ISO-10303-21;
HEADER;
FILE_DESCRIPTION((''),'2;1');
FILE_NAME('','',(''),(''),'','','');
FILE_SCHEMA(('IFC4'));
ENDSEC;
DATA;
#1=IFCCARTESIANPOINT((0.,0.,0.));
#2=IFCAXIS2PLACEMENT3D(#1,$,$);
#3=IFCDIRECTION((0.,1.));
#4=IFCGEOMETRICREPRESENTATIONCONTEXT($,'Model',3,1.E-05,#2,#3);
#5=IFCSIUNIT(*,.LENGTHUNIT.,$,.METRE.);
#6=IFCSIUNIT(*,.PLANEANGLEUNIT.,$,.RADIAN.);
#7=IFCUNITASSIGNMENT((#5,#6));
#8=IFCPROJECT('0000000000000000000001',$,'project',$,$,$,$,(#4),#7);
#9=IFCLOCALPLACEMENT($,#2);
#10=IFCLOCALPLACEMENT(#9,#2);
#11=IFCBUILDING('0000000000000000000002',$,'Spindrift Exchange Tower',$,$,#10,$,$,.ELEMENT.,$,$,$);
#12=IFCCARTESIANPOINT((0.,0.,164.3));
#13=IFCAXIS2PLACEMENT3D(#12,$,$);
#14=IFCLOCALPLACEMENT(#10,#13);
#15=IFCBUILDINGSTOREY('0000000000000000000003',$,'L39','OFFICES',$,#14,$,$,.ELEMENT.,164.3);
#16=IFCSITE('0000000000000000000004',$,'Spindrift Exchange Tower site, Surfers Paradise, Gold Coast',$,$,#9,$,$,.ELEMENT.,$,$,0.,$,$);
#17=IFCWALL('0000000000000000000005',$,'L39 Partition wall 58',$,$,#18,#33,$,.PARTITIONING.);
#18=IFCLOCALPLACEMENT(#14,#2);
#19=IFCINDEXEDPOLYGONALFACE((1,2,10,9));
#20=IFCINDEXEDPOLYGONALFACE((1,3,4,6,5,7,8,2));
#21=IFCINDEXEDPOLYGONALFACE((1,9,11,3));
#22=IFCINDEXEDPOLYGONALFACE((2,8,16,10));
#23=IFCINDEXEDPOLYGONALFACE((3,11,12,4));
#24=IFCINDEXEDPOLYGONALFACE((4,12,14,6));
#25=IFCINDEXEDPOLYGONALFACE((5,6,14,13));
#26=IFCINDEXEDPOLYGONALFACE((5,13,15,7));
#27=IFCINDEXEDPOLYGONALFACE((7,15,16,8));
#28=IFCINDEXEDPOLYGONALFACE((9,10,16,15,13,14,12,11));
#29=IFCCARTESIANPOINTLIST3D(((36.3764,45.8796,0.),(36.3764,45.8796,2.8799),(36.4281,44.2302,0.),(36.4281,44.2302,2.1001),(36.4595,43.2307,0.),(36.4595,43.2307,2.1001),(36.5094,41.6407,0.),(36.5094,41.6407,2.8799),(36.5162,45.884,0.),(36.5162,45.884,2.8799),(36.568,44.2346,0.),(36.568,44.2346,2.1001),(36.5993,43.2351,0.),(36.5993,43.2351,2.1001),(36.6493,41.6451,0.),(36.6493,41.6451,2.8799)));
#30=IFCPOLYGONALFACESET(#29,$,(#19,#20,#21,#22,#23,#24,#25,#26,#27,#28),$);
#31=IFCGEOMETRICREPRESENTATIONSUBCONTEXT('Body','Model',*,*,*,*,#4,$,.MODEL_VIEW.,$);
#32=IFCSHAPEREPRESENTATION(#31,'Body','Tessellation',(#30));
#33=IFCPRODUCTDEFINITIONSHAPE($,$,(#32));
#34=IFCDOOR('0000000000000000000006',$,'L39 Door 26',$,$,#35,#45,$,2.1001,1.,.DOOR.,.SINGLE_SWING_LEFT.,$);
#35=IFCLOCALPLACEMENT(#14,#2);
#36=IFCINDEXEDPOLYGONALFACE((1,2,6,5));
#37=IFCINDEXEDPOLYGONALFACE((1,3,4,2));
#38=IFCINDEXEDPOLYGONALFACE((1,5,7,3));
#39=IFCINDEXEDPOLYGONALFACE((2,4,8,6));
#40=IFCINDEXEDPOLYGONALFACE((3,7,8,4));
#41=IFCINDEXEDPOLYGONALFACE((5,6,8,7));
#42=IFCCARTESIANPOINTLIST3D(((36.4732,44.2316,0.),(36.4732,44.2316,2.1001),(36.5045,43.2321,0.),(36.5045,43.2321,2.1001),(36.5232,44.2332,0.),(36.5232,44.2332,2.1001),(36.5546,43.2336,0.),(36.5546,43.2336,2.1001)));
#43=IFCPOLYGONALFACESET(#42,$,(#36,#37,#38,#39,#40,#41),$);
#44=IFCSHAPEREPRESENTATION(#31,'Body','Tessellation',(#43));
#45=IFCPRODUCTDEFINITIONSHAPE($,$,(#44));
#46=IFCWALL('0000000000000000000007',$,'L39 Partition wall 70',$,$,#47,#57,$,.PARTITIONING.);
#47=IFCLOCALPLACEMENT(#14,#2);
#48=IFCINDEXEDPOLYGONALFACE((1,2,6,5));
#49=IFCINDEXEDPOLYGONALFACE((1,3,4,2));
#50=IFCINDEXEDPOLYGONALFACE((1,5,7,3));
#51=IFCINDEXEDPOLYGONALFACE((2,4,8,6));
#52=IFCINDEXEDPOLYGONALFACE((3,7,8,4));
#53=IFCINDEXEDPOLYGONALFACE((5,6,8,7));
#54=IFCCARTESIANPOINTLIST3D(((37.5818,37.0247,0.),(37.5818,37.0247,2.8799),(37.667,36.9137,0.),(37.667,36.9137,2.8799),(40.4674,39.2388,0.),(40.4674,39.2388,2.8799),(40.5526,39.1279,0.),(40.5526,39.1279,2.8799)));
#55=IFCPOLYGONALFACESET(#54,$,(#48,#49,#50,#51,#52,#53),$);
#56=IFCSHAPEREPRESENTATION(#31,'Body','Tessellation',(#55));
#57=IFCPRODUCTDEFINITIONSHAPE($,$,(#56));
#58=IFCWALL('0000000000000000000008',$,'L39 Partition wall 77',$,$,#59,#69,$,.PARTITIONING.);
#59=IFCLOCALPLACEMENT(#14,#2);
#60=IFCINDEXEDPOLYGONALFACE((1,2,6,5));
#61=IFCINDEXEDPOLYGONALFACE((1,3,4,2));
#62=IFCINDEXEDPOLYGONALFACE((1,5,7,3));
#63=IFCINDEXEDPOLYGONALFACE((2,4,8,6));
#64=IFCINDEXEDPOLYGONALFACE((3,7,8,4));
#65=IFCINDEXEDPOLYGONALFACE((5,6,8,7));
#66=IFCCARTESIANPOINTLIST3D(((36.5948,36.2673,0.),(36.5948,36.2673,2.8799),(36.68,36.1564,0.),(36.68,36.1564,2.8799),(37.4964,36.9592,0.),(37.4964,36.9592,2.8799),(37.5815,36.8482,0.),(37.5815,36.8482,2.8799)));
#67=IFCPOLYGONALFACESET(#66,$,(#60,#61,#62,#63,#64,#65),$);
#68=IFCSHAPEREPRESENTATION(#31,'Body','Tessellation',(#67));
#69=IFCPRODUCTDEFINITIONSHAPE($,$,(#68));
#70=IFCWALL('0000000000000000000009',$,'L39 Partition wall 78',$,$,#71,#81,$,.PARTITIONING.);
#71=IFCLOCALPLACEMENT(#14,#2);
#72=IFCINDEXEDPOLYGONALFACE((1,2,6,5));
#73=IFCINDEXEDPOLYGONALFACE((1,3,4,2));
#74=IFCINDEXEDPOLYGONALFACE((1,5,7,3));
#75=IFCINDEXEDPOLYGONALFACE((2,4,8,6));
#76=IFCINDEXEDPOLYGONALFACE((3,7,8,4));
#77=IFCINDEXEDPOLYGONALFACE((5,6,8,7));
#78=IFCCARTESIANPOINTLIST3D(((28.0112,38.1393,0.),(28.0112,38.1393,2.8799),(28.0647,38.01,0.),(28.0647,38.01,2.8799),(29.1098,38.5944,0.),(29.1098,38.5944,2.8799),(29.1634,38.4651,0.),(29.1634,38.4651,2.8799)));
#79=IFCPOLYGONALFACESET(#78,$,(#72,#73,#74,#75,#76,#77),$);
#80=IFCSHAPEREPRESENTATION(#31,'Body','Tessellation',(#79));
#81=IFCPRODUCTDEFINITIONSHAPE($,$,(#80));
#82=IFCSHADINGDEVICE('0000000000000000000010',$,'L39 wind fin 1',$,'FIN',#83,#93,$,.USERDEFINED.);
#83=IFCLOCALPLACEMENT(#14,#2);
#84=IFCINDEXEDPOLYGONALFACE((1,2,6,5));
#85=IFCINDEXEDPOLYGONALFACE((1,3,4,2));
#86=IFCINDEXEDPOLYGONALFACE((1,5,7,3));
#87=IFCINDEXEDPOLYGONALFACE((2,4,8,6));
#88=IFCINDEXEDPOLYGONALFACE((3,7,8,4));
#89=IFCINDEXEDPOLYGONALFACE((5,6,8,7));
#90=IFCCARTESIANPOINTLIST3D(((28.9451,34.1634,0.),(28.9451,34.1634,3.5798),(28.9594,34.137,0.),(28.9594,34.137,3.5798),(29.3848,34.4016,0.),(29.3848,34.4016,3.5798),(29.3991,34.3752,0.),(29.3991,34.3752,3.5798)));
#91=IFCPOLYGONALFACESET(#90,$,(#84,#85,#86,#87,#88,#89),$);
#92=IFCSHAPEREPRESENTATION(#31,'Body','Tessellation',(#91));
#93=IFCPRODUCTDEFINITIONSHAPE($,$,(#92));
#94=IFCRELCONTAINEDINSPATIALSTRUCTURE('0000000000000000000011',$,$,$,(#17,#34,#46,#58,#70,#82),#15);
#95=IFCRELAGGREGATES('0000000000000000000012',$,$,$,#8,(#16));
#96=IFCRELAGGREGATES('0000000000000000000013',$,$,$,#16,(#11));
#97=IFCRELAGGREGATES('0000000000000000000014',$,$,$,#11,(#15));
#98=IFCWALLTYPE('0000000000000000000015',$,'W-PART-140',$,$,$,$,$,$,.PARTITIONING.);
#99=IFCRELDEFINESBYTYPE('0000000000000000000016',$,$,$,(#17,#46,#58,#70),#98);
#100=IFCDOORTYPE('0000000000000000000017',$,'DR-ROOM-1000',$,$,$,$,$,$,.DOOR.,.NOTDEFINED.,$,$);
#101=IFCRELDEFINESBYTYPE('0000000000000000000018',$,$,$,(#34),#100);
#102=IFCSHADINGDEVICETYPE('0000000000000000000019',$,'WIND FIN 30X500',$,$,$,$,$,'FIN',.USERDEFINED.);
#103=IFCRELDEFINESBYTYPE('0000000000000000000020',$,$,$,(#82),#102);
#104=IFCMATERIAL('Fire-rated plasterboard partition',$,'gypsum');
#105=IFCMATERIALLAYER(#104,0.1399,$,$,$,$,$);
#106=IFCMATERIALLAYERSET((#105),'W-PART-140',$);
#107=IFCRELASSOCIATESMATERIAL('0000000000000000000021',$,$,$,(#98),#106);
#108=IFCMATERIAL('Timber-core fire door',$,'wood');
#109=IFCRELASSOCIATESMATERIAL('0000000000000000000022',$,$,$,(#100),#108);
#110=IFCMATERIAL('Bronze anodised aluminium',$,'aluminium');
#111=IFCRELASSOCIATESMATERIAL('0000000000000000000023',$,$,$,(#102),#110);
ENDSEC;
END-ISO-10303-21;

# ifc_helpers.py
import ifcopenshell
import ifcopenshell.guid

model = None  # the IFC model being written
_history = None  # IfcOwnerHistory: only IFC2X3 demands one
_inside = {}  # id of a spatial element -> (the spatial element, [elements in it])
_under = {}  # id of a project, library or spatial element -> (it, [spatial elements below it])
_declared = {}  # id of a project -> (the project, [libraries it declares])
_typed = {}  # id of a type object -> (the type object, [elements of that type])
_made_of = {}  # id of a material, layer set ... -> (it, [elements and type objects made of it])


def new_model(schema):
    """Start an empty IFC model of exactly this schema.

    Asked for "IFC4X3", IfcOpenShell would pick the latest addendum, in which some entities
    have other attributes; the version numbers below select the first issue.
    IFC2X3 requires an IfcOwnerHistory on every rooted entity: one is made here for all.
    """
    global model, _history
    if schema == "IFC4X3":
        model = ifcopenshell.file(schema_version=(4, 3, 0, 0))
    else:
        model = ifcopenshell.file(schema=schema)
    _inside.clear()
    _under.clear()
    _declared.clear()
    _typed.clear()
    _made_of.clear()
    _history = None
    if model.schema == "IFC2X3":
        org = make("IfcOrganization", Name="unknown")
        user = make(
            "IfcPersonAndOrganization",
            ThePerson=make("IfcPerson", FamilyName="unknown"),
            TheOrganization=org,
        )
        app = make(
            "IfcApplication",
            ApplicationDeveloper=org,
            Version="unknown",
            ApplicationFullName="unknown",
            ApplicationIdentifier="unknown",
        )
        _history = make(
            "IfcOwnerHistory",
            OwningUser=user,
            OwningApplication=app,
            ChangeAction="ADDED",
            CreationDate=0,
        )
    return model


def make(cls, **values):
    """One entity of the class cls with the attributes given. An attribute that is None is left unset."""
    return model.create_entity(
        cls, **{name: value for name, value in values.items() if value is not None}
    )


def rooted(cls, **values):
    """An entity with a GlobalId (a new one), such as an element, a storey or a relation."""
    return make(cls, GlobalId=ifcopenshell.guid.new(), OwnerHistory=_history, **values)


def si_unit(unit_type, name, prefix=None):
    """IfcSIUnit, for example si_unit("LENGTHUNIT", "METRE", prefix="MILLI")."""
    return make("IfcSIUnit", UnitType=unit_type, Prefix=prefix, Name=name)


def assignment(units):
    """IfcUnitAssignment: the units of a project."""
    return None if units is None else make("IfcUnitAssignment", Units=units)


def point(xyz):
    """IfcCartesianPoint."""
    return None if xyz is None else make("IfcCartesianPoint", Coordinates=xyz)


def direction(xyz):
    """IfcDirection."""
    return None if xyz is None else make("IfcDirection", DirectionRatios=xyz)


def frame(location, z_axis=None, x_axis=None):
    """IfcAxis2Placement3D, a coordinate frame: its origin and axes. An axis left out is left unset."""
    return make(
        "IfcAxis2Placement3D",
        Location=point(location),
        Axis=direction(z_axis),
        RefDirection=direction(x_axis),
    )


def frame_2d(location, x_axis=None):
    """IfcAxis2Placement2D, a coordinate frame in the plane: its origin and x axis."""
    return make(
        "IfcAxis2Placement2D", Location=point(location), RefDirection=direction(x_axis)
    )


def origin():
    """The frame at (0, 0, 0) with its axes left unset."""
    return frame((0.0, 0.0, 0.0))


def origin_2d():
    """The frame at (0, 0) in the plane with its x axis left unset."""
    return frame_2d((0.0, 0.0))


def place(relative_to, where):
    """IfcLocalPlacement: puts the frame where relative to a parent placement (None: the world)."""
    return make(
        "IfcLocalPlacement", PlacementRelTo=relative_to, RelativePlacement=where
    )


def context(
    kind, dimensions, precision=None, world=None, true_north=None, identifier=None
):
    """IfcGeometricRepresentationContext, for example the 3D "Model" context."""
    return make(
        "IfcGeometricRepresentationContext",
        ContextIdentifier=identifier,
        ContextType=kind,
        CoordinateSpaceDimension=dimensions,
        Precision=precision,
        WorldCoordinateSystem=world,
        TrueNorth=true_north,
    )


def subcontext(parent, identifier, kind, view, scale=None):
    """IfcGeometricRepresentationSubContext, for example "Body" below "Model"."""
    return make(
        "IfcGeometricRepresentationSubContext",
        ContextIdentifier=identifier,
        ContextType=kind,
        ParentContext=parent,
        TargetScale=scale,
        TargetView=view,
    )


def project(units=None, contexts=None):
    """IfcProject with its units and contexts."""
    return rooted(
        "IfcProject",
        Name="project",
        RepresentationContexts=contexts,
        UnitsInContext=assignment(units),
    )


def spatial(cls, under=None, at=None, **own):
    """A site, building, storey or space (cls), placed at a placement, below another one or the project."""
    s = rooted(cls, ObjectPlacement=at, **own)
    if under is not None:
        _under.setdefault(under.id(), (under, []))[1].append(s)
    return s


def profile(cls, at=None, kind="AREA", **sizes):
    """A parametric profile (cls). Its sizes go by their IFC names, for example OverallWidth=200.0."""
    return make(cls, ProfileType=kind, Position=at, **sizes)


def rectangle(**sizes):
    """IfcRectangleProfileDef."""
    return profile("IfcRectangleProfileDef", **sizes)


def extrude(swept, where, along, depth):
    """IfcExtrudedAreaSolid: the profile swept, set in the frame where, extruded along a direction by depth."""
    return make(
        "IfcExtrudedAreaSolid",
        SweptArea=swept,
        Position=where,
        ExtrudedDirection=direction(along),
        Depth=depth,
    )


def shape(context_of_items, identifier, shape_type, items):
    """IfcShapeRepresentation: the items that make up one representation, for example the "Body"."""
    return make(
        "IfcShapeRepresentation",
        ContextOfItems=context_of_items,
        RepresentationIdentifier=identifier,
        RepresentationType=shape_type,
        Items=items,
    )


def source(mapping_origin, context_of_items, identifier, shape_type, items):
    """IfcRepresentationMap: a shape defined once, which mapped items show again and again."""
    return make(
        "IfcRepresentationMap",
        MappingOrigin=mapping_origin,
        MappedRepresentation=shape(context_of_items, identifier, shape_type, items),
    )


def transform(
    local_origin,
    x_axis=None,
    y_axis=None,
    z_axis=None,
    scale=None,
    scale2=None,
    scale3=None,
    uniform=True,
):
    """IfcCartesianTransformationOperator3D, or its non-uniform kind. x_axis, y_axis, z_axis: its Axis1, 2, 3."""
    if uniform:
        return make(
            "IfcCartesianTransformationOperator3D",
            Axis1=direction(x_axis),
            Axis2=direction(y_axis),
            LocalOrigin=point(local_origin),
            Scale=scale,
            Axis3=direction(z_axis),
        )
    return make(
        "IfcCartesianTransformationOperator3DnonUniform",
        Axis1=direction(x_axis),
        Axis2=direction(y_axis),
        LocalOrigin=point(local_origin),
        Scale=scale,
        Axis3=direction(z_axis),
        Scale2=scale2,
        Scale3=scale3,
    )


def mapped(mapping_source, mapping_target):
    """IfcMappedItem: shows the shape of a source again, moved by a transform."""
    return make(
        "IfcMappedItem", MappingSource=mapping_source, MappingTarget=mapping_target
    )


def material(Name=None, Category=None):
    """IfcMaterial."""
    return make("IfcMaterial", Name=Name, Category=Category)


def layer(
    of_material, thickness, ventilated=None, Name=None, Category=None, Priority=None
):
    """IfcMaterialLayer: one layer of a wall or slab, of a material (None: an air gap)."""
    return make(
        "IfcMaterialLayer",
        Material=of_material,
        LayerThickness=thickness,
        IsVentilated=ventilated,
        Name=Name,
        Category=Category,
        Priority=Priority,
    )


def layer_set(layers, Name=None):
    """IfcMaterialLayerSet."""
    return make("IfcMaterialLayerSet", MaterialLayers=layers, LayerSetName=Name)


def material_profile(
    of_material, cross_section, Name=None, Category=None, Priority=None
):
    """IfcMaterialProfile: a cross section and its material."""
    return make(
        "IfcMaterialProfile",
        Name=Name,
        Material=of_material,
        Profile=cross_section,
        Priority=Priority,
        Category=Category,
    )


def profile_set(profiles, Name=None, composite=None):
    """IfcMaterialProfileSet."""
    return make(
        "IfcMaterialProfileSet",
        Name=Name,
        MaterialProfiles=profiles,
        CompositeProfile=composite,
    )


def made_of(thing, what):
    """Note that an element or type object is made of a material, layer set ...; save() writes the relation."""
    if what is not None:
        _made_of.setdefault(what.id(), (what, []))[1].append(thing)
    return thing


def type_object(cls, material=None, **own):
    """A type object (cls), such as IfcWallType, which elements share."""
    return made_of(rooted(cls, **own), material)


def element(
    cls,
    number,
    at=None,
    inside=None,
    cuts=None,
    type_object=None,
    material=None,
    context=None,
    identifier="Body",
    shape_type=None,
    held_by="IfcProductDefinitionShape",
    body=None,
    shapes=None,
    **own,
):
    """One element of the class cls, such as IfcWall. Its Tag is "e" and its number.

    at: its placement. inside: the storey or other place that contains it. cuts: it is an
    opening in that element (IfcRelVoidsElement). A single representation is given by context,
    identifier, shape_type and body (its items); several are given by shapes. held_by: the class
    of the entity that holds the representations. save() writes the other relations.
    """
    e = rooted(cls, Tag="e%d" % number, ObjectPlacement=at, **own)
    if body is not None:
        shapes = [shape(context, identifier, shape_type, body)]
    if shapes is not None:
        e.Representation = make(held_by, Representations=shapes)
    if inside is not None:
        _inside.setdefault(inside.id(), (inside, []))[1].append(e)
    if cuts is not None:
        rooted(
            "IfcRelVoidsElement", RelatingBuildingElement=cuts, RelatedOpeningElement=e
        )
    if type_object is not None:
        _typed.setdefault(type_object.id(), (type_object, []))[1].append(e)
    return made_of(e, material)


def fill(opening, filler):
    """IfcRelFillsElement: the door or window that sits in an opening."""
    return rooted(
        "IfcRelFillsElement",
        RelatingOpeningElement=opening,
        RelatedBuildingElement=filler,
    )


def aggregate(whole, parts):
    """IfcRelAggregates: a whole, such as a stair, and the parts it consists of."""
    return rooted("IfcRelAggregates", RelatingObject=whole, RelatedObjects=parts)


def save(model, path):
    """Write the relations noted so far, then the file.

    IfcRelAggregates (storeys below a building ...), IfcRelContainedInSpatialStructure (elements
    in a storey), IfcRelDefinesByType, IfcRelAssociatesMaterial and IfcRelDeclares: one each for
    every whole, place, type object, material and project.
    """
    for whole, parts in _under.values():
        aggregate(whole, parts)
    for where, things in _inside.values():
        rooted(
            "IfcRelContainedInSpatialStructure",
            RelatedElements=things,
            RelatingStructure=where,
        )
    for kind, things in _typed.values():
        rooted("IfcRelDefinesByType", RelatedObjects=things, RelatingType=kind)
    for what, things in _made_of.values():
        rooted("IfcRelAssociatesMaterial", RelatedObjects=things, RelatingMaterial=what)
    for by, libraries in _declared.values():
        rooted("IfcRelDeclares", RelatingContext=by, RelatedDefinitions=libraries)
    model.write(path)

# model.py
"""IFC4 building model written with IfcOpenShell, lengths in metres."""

from ifc_helpers import new_model, si_unit, direction, frame, frame_2d, origin, origin_2d, place, context, subcontext, project, spatial, rectangle, extrude, source, transform, mapped, material, layer, layer_set, material_profile, profile_set, type_object, element, fill, save


model = new_model("IFC4")

# Units and contexts
model_context = context("Model", 3, precision=1e-05, world=origin(), true_north=direction((0.0, 1.0)))
body_context = subcontext(model_context, "Body", "Model", "MODEL_VIEW")
ifc_project = project(units=[si_unit("LENGTHUNIT", "METRE"), si_unit("PLANEANGLEUNIT", "RADIAN")], contexts=[model_context])

# Site, building, storey
site_placement = place(None, origin())
site = spatial("IfcSite", under=ifc_project, at=site_placement, Name="Spindrift Exchange Tower site, Surfers Paradise, Gold Coast", CompositionType="ELEMENT", RefElevation=0.0)
building_placement = place(site_placement, origin())
building = spatial("IfcBuilding", under=site, at=building_placement, Name="Spindrift Exchange Tower", CompositionType="ELEMENT")
storey_placement = place(building_placement, frame((0.0, 0.0, 164.3)))
storey = spatial("IfcBuildingStorey", under=building, at=storey_placement, Name="L39", Description="OFFICES", CompositionType="ELEMENT", Elevation=164.3)

# Shared definitions
ifc_material_1 = material(Name="Bronze anodised aluminium", Category="aluminium")

# Shared definitions
ifc_material_2 = material(Name="Fire-rated plasterboard partition", Category="gypsum")
ifc_layer_1 = layer(ifc_material_2, 0.1399)
ifc_layer_set_1 = layer_set([ifc_layer_1], Name="W-PART-140")
wall_type = type_object("IfcWallType", Name="W-PART-140", PredefinedType="PARTITIONING", material=ifc_layer_set_1)

# Wall, opening, door
ifc_material_3 = material(Name="Timber-core fire door", Category="wood")
door_type = type_object("IfcDoorType", Name="DR-ROOM-1000", OperationType="NOTDEFINED", PredefinedType="DOOR", material=ifc_material_3)
shared_shape_1 = source(origin(), body_context, "Body", "SweptSolid", [
    extrude(rectangle(XDim=1.0, YDim=2.1001, at=frame_2d((0.5, 1.05))), frame((0.0, 0.0249, 0.0), z_axis=(0.0, -1.0, 0.0), x_axis=(1.0, 0.0, 0.0)), (0.0, 0.0, 1.0), 0.05),
])
wall_1_placement = place(storey_placement, frame((36.5793, 41.6428, 0.0), z_axis=(0.0, 0.0, 1.0), x_axis=(-0.031375, 0.999508, 0.0)))
wall_1 = element("IfcWall", 1, at=wall_1_placement, inside=storey, type_object=wall_type, Name="L39 Partition wall 58", PredefinedType="PARTITIONING", context=body_context, shape_type="SweptSolid", body=[
    extrude(rectangle(XDim=4.241, YDim=0.1399, at=frame_2d((2.1206, 0.0))), origin(), (0.0, 0.0, 1.0), 2.8799),
])
opening_1_placement = place(wall_1_placement, frame((1.5908, 0.0, 0.0)))
opening_1 = element("IfcOpeningElement", 2, at=opening_1_placement, cuts=wall_1, PredefinedType="OPENING", context=body_context, shape_type="SweptSolid", body=[
    extrude(rectangle(XDim=1.0, YDim=2.1001, at=frame_2d((0.5, 1.05))), frame((0.0, 0.0798, 0.0), z_axis=(0.0, -1.0, 0.0), x_axis=(1.0, 0.0, 0.0)), (0.0, 0.0, 1.0), 0.1599),
])
door_1_placement = place(opening_1_placement, origin())
door_1 = element("IfcDoor", 3, at=door_1_placement, inside=storey, type_object=door_type, Name="L39 Door 26", OperationType="SINGLE_SWING_LEFT", OverallHeight=2.1001, OverallWidth=1.0, PredefinedType="DOOR", context=body_context, shape_type="MappedRepresentation", body=[
    mapped(shared_shape_1, transform((0.0, 0.0, 0.0), scale=1.0)),
])
fill(opening_1, door_1)

# Walls
wall_2_placement = place(storey_placement, frame((40.51, 39.1833, 0.0), z_axis=(0.0, 0.0, 1.0), x_axis=(-0.793355, -0.60876, 0.0)))
element("IfcWall", 4, at=wall_2_placement, inside=storey, type_object=wall_type, Name="L39 Partition wall 70", PredefinedType="PARTITIONING", context=body_context, shape_type="SweptSolid", body=[
    extrude(rectangle(XDim=3.6372, YDim=0.1399, at=frame_2d((1.8186, 0.0))), origin(), (0.0, 0.0, 1.0), 2.8799),
])
wall_3_placement = place(storey_placement, frame((37.5391, 36.9038, 0.0), z_axis=(0.0, 0.0, 1.0), x_axis=(-0.793326, -0.608797, 0.0)))
element("IfcWall", 5, at=wall_3_placement, inside=storey, type_object=wall_type, Name="L39 Partition wall 77", PredefinedType="PARTITIONING", context=body_context, shape_type="SweptSolid", body=[
    extrude(rectangle(XDim=1.1365, YDim=0.1399, at=frame_2d((0.5684, 0.0))), origin(), (0.0, 0.0, 1.0), 2.8799),
])
wall_4_placement = place(storey_placement, frame((29.1367, 38.5298, 0.0), z_axis=(0.0, 0.0, 1.0), x_axis=(-0.923877, -0.38269, 0.0)))
element("IfcWall", 6, at=wall_4_placement, inside=storey, type_object=wall_type, Name="L39 Partition wall 78", PredefinedType="PARTITIONING", context=body_context, shape_type="SweptSolid", body=[
    extrude(rectangle(XDim=1.1892, YDim=0.1399, at=frame_2d((0.5947, 0.0))), origin(), (0.0, 0.0, 1.0), 2.8799),
])

# Shading device
ifc_material_profile_1 = material_profile(ifc_material_1, rectangle(XDim=0.03, YDim=0.5, at=origin_2d()), Name="WIND FIN 30X500")
ifc_profile_set_1 = profile_set([ifc_material_profile_1], Name="Bronze anodised aluminium")
shading_device_type = type_object("IfcShadingDeviceType", Name="WIND FIN 30X500", ElementType="FIN", PredefinedType="USERDEFINED", material=ifc_profile_set_1)
shared_shape_2 = source(origin(), body_context, "Body", "SweptSolid", [
    extrude(rectangle(XDim=0.03, YDim=0.5, at=origin_2d()), origin(), (0.0, 0.0, 1.0), 3.5798),
])
shading_device_placement = place(storey_placement, frame((29.1721, 34.2693, 0.0), z_axis=(0.0, 0.0, 1.0), x_axis=(0.476278, -0.879295, 0.0)))
element("IfcShadingDevice", 7, at=shading_device_placement, inside=storey, type_object=shading_device_type, Name="L39 wind fin 1", ObjectType="FIN", PredefinedType="USERDEFINED", context=body_context, shape_type="MappedRepresentation", body=[
    mapped(shared_shape_2, transform((0.0, 0.0, 0.0), scale=1.0)),
])

save(model, "model.ifc")
